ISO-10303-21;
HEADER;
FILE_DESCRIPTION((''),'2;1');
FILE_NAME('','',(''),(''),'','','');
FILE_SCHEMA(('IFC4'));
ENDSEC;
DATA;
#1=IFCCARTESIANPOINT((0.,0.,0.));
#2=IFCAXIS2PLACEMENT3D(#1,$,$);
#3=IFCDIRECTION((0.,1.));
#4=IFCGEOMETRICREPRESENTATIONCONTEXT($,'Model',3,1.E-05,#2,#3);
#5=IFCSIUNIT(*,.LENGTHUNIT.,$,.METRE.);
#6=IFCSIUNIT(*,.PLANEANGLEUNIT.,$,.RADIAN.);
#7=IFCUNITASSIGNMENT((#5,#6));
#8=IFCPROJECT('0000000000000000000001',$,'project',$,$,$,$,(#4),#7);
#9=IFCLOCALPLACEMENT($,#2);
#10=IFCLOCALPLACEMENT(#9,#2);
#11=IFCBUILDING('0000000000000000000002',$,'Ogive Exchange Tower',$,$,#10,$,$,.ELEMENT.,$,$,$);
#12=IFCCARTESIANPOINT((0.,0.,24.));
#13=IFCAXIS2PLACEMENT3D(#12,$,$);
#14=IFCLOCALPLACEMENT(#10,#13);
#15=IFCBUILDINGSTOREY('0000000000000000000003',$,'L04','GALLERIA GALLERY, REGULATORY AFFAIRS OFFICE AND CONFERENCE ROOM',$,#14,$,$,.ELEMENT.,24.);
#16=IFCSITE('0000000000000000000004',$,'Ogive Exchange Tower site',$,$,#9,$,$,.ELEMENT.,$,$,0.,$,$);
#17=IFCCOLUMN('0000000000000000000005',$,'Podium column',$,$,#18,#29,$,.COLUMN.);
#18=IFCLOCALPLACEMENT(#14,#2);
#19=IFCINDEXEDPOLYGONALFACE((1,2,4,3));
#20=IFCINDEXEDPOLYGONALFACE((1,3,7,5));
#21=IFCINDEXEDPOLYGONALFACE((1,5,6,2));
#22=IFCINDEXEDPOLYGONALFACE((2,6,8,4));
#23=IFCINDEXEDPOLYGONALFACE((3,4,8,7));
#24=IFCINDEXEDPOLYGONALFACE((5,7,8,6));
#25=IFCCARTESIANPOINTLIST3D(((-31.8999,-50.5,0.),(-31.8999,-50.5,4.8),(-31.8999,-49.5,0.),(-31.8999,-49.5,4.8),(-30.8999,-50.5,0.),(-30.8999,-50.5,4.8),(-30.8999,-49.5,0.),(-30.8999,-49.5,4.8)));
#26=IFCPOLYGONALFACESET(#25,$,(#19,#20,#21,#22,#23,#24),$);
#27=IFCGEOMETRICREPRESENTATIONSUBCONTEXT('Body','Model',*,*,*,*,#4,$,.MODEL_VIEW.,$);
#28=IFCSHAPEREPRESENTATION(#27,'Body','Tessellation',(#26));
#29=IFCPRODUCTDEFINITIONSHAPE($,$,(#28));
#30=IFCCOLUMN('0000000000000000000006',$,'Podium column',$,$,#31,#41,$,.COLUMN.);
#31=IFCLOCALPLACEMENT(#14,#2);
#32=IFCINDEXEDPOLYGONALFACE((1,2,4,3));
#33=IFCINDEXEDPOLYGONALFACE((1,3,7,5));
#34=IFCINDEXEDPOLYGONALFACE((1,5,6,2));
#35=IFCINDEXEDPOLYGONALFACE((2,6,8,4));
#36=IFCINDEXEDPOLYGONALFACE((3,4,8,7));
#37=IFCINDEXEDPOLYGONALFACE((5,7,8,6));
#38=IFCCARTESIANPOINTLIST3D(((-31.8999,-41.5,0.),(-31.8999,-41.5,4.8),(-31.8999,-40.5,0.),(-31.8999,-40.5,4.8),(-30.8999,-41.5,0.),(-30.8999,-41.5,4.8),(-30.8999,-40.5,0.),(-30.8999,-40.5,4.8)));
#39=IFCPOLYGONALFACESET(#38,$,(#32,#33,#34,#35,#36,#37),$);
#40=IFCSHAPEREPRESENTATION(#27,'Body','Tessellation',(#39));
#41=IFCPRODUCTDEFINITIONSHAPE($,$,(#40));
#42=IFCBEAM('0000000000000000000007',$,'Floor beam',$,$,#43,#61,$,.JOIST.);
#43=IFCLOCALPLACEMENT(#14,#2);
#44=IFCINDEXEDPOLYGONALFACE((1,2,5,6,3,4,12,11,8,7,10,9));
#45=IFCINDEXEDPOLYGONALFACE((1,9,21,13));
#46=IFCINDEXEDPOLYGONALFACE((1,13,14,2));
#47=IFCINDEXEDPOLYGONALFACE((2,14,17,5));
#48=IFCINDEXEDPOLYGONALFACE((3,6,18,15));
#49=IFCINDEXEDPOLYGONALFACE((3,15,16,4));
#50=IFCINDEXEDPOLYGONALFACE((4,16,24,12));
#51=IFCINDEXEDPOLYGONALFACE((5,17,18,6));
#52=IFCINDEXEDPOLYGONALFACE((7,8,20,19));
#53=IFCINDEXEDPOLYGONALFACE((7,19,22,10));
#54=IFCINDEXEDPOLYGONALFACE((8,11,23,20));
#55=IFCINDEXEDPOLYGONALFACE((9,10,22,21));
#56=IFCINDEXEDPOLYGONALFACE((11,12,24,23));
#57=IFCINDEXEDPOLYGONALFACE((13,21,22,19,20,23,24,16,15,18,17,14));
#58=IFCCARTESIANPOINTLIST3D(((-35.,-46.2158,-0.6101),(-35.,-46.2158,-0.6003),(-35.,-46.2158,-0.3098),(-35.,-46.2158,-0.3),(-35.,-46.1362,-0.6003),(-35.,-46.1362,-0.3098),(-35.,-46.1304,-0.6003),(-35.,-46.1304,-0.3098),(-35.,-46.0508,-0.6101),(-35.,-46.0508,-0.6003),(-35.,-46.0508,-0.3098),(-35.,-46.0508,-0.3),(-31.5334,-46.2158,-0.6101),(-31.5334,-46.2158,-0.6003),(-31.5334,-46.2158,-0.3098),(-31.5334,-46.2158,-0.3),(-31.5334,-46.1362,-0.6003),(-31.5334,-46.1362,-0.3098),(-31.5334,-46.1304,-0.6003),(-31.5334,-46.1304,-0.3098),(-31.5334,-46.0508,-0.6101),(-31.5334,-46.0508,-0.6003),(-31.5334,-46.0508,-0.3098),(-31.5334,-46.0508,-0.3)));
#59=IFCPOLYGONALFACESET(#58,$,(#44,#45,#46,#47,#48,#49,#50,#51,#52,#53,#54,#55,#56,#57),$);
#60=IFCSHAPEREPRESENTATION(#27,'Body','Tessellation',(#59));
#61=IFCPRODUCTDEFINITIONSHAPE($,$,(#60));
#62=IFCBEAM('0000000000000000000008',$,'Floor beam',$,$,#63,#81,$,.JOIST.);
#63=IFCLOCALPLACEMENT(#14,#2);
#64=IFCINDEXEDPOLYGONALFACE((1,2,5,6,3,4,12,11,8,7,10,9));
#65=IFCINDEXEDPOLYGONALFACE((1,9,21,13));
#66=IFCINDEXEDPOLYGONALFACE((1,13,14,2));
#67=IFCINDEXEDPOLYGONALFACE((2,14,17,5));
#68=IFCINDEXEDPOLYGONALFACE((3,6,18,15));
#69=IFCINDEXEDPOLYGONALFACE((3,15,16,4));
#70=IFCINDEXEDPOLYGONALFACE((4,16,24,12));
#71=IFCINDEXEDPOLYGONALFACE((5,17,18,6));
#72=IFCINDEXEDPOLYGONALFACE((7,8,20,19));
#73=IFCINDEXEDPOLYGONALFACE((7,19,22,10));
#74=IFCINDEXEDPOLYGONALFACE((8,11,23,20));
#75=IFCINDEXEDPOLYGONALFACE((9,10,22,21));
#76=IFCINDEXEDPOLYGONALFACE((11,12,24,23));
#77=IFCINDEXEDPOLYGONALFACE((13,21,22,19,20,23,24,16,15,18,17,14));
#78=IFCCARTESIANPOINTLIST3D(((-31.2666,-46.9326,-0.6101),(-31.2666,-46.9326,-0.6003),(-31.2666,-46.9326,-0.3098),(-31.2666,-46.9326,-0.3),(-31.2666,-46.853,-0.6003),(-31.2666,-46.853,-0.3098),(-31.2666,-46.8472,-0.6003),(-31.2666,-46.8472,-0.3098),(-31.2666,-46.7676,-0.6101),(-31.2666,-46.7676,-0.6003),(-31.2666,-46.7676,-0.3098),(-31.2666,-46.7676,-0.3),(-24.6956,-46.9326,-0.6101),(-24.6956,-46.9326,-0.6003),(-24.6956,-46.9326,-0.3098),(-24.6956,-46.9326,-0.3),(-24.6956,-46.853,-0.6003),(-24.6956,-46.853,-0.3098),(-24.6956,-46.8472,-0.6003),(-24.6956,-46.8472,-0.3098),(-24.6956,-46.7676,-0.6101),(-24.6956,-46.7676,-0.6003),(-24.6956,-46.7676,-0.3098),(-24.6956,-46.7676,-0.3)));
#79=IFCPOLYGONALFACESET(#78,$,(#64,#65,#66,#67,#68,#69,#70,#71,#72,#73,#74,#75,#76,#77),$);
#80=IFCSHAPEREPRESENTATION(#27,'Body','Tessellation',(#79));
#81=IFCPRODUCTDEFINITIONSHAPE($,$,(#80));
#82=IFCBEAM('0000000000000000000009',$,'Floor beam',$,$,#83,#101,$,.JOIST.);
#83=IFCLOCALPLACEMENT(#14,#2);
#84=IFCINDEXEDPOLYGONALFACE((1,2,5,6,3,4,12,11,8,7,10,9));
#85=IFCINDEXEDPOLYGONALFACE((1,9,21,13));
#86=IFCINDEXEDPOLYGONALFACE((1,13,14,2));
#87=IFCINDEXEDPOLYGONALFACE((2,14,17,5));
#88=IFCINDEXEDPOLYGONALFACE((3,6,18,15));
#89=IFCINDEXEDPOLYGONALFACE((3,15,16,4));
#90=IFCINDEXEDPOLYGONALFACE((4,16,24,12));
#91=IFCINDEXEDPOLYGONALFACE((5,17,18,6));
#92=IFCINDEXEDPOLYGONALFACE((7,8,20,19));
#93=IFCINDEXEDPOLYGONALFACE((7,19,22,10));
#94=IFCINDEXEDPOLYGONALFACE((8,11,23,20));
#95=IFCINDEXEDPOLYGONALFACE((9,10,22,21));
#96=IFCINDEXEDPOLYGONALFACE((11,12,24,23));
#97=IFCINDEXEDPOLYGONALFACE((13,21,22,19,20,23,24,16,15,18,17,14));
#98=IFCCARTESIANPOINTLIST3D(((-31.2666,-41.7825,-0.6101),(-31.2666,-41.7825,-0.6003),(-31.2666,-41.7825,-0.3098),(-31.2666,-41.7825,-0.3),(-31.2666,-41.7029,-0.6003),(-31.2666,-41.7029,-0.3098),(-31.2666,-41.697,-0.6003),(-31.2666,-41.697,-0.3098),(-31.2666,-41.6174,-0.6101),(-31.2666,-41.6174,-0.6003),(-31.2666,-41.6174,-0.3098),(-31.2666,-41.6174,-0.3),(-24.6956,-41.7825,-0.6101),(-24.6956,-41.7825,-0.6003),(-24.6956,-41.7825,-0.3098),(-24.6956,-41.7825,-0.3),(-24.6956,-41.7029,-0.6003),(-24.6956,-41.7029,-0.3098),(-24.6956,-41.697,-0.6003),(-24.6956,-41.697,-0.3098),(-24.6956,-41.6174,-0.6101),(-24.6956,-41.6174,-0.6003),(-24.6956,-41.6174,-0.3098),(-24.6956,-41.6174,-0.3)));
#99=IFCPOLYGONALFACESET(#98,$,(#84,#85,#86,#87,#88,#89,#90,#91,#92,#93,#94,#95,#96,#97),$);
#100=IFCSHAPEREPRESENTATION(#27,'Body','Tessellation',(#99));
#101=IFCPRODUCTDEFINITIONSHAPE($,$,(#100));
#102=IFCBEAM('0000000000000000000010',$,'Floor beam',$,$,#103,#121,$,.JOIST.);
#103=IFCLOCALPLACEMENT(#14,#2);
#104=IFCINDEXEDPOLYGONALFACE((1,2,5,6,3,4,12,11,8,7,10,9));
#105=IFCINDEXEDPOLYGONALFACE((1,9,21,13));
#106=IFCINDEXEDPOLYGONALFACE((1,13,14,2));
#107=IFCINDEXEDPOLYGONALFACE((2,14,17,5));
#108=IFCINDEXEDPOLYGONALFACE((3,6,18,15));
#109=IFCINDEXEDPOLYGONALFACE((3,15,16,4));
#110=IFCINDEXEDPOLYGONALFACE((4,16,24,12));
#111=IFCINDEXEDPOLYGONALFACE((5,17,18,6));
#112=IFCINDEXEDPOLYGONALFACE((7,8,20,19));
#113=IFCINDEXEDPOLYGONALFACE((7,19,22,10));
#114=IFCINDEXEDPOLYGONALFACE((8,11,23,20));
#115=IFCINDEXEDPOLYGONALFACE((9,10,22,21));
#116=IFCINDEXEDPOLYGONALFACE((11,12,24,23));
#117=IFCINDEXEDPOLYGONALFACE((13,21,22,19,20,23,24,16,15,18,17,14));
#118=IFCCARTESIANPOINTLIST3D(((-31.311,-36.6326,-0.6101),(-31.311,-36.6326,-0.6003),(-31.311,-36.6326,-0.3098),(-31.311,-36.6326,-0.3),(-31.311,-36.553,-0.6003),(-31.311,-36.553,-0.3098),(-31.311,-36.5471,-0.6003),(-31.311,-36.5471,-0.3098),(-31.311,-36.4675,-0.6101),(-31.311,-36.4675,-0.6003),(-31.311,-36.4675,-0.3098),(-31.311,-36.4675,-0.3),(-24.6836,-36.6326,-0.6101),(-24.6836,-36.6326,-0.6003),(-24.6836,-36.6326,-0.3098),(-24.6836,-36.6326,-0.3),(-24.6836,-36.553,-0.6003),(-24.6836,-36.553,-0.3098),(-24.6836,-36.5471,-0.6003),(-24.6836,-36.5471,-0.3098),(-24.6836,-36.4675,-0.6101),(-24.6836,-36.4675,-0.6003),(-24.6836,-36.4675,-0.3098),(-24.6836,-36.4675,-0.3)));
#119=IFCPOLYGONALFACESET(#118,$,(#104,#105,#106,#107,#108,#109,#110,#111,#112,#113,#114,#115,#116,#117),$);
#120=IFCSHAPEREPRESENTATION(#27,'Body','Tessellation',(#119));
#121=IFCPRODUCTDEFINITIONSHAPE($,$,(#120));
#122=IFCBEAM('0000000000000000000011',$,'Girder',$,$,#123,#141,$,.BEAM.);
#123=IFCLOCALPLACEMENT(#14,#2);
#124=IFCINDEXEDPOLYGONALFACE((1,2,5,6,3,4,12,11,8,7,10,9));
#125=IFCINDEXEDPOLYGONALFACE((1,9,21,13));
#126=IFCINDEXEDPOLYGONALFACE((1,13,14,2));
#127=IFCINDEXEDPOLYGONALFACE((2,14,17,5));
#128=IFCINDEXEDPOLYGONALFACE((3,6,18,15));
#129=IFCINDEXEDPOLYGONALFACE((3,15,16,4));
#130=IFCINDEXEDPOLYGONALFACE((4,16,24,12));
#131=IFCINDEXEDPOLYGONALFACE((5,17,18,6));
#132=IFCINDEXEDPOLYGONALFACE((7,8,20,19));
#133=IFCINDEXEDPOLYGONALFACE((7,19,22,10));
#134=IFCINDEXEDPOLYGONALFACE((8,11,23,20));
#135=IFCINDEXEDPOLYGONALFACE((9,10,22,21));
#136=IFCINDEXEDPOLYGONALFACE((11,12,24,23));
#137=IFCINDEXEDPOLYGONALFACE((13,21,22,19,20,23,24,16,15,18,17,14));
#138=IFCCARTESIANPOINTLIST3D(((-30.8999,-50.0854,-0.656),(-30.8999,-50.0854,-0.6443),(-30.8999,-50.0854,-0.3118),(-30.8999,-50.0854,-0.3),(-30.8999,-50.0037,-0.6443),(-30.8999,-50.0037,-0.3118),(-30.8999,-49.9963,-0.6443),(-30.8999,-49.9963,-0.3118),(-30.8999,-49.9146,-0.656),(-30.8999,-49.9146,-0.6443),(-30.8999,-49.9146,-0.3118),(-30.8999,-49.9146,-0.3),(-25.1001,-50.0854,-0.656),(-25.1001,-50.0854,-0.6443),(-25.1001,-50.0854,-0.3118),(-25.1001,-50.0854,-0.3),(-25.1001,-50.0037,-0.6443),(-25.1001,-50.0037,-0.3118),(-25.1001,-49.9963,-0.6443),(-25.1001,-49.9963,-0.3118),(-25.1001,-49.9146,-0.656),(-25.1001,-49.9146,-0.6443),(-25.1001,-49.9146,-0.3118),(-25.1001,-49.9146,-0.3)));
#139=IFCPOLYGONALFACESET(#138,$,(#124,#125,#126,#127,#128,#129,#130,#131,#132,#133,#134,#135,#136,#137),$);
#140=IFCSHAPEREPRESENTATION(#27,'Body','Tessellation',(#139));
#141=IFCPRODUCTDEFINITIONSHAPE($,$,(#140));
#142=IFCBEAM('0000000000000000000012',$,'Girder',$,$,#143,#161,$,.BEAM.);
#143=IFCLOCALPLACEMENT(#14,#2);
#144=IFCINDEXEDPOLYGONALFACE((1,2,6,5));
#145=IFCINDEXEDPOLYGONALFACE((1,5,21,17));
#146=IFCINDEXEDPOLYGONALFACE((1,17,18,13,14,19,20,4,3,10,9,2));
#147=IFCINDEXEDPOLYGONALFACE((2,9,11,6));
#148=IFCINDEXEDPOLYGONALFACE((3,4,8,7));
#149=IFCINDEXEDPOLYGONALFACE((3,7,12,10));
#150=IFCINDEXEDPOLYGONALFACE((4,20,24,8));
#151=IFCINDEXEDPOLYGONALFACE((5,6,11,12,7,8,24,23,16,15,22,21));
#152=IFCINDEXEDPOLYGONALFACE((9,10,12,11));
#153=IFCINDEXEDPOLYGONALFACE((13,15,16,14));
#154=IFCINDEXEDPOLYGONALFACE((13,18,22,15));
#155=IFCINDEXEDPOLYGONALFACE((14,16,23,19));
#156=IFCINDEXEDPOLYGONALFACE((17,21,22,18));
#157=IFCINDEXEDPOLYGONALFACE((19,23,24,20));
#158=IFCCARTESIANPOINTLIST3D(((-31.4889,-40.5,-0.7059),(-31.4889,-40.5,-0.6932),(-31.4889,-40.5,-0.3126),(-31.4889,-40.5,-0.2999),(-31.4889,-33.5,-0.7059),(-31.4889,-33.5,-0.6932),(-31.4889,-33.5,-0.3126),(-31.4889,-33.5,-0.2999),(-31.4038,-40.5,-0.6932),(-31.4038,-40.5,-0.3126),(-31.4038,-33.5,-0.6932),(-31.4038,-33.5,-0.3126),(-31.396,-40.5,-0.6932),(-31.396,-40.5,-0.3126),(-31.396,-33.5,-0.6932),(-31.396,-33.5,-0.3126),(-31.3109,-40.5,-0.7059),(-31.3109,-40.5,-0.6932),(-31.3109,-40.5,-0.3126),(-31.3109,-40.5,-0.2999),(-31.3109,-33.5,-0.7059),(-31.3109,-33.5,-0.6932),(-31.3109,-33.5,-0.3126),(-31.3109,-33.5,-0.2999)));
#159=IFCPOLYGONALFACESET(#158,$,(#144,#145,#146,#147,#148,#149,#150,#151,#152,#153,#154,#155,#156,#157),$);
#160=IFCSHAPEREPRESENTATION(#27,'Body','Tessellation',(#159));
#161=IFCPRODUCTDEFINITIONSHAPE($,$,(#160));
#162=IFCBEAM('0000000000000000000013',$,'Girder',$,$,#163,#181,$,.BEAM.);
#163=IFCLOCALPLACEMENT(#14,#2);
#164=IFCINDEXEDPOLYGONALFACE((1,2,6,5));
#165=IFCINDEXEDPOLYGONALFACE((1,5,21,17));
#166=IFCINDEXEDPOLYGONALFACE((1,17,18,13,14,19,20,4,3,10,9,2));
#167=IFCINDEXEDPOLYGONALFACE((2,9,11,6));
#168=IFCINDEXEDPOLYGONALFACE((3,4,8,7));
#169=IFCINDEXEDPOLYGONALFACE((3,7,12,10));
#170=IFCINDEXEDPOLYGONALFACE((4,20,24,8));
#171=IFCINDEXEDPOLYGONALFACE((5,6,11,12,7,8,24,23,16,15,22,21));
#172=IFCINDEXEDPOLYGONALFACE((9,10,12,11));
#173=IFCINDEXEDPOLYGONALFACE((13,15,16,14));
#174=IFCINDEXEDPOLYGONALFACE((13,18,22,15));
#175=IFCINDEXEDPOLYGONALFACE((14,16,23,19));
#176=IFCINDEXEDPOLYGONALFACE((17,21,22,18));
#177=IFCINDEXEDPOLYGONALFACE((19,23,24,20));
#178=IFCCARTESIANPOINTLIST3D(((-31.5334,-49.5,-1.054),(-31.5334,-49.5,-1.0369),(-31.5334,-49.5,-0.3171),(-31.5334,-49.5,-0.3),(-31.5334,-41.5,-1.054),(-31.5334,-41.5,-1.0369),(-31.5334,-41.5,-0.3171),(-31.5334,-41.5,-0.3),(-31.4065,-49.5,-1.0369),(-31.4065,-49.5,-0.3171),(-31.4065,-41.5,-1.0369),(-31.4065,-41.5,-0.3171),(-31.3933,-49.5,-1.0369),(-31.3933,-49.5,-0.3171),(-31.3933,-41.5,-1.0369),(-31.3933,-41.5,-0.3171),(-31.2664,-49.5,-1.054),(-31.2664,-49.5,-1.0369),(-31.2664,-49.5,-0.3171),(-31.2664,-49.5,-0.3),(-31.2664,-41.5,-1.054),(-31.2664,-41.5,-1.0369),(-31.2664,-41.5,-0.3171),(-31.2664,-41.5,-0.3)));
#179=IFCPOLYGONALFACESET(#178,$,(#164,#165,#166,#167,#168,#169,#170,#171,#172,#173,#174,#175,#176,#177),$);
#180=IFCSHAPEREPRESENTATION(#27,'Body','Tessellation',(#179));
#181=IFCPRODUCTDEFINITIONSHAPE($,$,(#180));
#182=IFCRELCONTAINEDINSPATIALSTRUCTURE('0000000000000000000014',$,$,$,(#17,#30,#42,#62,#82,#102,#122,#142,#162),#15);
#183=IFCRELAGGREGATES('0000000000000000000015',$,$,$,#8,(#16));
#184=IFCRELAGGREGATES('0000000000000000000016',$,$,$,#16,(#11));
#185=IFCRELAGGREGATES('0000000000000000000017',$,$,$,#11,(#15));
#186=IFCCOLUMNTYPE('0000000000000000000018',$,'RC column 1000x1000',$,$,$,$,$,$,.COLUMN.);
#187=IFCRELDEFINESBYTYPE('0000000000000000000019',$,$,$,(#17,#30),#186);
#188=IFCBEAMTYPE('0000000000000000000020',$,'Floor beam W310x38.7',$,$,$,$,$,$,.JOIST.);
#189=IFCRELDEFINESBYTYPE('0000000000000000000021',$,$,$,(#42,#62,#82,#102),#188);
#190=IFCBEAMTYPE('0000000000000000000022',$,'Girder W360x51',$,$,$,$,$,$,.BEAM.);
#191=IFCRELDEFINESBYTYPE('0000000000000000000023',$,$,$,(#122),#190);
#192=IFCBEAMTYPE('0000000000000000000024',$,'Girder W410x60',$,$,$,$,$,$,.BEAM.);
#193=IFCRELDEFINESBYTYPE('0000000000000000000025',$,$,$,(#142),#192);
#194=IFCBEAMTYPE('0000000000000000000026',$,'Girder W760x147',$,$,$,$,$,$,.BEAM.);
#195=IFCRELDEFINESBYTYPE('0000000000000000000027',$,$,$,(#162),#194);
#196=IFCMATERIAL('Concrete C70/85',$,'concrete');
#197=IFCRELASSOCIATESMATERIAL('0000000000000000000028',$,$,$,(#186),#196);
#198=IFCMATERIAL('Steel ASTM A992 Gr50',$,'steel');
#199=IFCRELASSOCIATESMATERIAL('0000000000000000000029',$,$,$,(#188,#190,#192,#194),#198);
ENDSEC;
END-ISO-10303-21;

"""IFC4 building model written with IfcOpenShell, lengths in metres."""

from ifc_helpers import new_model, si_unit, direction, frame, origin, origin_2d, place, context, subcontext, project, spatial, rectangle, i_section, extrude, material, material_profile, profile_set, type_object, element, save


model = new_model("IFC4")

# Units and contexts
model_context = context("Model", 3, precision=1e-05, world=origin(), true_north=direction((0.0, 1.0)))
body_context = subcontext(model_context, "Body", "Model", "MODEL_VIEW")
ifc_project = project(units=[si_unit("LENGTHUNIT", "METRE"), si_unit("PLANEANGLEUNIT", "RADIAN")], contexts=[model_context])

# Site, building, storey
site_placement = place(None, origin())
site = spatial("IfcSite", under=ifc_project, at=site_placement, Name="Ogive Exchange Tower site", CompositionType="ELEMENT", RefElevation=0.0)
building_placement = place(site_placement, origin())
building = spatial("IfcBuilding", under=site, at=building_placement, Name="Ogive Exchange Tower", CompositionType="ELEMENT")
storey_placement = place(building_placement, frame((0.0, 0.0, 24.0)))
storey = spatial("IfcBuildingStorey", under=building, at=storey_placement, Name="L04", Description="GALLERIA GALLERY, REGULATORY AFFAIRS OFFICE AND CONFERENCE ROOM", CompositionType="ELEMENT", Elevation=24.0)

# Columns
ifc_material_1 = material(Name="Concrete C70/85", Category="concrete")
ifc_material_profile_1 = material_profile(ifc_material_1, rectangle(XDim=1.0, YDim=1.0, at=origin_2d()), Name="RC 1000x1000")
ifc_profile_set_1 = profile_set([ifc_material_profile_1], Name="Concrete C70/85")
column_type = type_object("IfcColumnType", Name="RC column 1000x1000", PredefinedType="COLUMN", material=ifc_profile_set_1)
for number, where, z_axis, x_axis, name in (
    (1, (-31.3999, -50.0, 0.0), (0.0, 0.0, 1.0), (1.0, 0.0, 0.0), "Podium column"),
    (2, (-31.3999, -41.0, 0.0), (0.0, 0.0, 1.0), (1.0, 0.0, 0.0), "Podium column"),
):
    element("IfcColumn", number, at=place(storey_placement, frame(where, z_axis=z_axis, x_axis=x_axis)), inside=storey, type_object=column_type, Name=name, PredefinedType="COLUMN", context=body_context, shape_type="SweptSolid", body=[
        extrude(rectangle(XDim=1.0, YDim=1.0, at=origin_2d()), origin(), (0.0, 0.0, 1.0), 4.8),
    ])

# Beams
ifc_material_2 = material(Name="Steel ASTM A992 Gr50", Category="steel")
ifc_material_profile_2 = material_profile(ifc_material_2, i_section(OverallWidth=0.165, OverallDepth=0.3101, WebThickness=0.0059, FlangeThickness=0.0098, at=origin_2d()), Name="W310x38.7")
ifc_profile_set_2 = profile_set([ifc_material_profile_2], Name="Steel ASTM A992 Gr50")
beam_type_1 = type_object("IfcBeamType", Name="Floor beam W310x38.7", PredefinedType="JOIST", material=ifc_profile_set_2)
beam_1_placement = place(storey_placement, frame((-35.0, -46.1333, -0.4551), z_axis=(1.0, 0.0, 0.0), x_axis=(0.0, 1.0, 0.0)))
element("IfcBeam", 3, at=beam_1_placement, inside=storey, type_object=beam_type_1, Name="Floor beam", PredefinedType="JOIST", context=body_context, shape_type="SweptSolid", body=[
    extrude(i_section(OverallWidth=0.165, OverallDepth=0.3101, WebThickness=0.0059, FlangeThickness=0.0098, at=origin_2d()), origin(), (0.0, 0.0, 1.0), 3.4666),
])
for number, where, z_axis, x_axis, name in (
    (4, (-31.2666, -46.8501, -0.4551), (1.0, 0.0, 0.0), (0.0, 1.0, 0.0), "Floor beam"),
    (5, (-31.2666, -41.7, -0.4551), (1.0, 0.0, 0.0), (0.0, 1.0, 0.0), "Floor beam"),
):
    element("IfcBeam", number, at=place(storey_placement, frame(where, z_axis=z_axis, x_axis=x_axis)), inside=storey, type_object=beam_type_1, Name=name, PredefinedType="JOIST", context=body_context, shape_type="SweptSolid", body=[
        extrude(i_section(OverallWidth=0.165, OverallDepth=0.3101, WebThickness=0.0059, FlangeThickness=0.0098, at=origin_2d()), origin(), (0.0, 0.0, 1.0), 6.571),
    ])
beam_2_placement = place(storey_placement, frame((-31.311, -36.55, -0.4551), z_axis=(1.0, 0.0, 0.0), x_axis=(0.0, 1.0, 0.0)))
element("IfcBeam", 6, at=beam_2_placement, inside=storey, type_object=beam_type_1, Name="Floor beam", PredefinedType="JOIST", context=body_context, shape_type="SweptSolid", body=[
    extrude(i_section(OverallWidth=0.165, OverallDepth=0.3101, WebThickness=0.0059, FlangeThickness=0.0098, at=origin_2d()), origin(), (0.0, 0.0, 1.0), 6.6274),
])
ifc_material_profile_3 = material_profile(ifc_material_2, i_section(OverallWidth=0.1709, OverallDepth=0.356, WebThickness=0.0073, FlangeThickness=0.0117, at=origin_2d()), Name="W360x51")
ifc_profile_set_3 = profile_set([ifc_material_profile_3], Name="Steel ASTM A992 Gr50")
beam_type_2 = type_object("IfcBeamType", Name="Girder W360x51", PredefinedType="BEAM", material=ifc_profile_set_3)
beam_3_placement = place(storey_placement, frame((-30.8999, -50.0, -0.478), z_axis=(1.0, 0.0, 0.0), x_axis=(0.0, 1.0, 0.0)))
element("IfcBeam", 7, at=beam_3_placement, inside=storey, type_object=beam_type_2, Name="Girder", PredefinedType="BEAM", context=body_context, shape_type="SweptSolid", body=[
    extrude(i_section(OverallWidth=0.1709, OverallDepth=0.356, WebThickness=0.0073, FlangeThickness=0.0117, at=origin_2d()), origin(), (0.0, 0.0, 1.0), 5.7998),
])
ifc_material_profile_4 = material_profile(ifc_material_2, i_section(OverallWidth=0.178, OverallDepth=0.406, WebThickness=0.0078, FlangeThickness=0.0127, at=origin_2d()), Name="W410x60")
ifc_profile_set_4 = profile_set([ifc_material_profile_4], Name="Steel ASTM A992 Gr50")
beam_type_3 = type_object("IfcBeamType", Name="Girder W410x60", PredefinedType="BEAM", material=ifc_profile_set_4)
beam_4_placement = place(storey_placement, frame((-31.3999, -40.5, -0.5029), z_axis=(0.0, 1.0, 0.0), x_axis=(-1.0, 0.0, 0.0)))
element("IfcBeam", 8, at=beam_4_placement, inside=storey, type_object=beam_type_3, Name="Girder", PredefinedType="BEAM", context=body_context, shape_type="SweptSolid", body=[
    extrude(i_section(OverallWidth=0.178, OverallDepth=0.406, WebThickness=0.0078, FlangeThickness=0.0127, at=origin_2d()), origin(), (0.0, 0.0, 1.0), 7.0),
])
ifc_material_profile_5 = material_profile(ifc_material_2, i_section(OverallWidth=0.2671, OverallDepth=0.7539, WebThickness=0.0132, FlangeThickness=0.0171, at=origin_2d()), Name="W760x147")
ifc_profile_set_5 = profile_set([ifc_material_profile_5], Name="Steel ASTM A992 Gr50")
beam_type_4 = type_object("IfcBeamType", Name="Girder W760x147", PredefinedType="BEAM", material=ifc_profile_set_5)
beam_5_placement = place(storey_placement, frame((-31.3999, -49.5, -0.677), z_axis=(0.0, 1.0, 0.0), x_axis=(-1.0, 0.0, 0.0)))
element("IfcBeam", 9, at=beam_5_placement, inside=storey, type_object=beam_type_4, Name="Girder", PredefinedType="BEAM", context=body_context, shape_type="SweptSolid", body=[
    extrude(i_section(OverallWidth=0.2671, OverallDepth=0.7539, WebThickness=0.0132, FlangeThickness=0.0171, at=origin_2d()), origin(), (0.0, 0.0, 1.0), 8.0),
])

save(model, "model.ifc")
